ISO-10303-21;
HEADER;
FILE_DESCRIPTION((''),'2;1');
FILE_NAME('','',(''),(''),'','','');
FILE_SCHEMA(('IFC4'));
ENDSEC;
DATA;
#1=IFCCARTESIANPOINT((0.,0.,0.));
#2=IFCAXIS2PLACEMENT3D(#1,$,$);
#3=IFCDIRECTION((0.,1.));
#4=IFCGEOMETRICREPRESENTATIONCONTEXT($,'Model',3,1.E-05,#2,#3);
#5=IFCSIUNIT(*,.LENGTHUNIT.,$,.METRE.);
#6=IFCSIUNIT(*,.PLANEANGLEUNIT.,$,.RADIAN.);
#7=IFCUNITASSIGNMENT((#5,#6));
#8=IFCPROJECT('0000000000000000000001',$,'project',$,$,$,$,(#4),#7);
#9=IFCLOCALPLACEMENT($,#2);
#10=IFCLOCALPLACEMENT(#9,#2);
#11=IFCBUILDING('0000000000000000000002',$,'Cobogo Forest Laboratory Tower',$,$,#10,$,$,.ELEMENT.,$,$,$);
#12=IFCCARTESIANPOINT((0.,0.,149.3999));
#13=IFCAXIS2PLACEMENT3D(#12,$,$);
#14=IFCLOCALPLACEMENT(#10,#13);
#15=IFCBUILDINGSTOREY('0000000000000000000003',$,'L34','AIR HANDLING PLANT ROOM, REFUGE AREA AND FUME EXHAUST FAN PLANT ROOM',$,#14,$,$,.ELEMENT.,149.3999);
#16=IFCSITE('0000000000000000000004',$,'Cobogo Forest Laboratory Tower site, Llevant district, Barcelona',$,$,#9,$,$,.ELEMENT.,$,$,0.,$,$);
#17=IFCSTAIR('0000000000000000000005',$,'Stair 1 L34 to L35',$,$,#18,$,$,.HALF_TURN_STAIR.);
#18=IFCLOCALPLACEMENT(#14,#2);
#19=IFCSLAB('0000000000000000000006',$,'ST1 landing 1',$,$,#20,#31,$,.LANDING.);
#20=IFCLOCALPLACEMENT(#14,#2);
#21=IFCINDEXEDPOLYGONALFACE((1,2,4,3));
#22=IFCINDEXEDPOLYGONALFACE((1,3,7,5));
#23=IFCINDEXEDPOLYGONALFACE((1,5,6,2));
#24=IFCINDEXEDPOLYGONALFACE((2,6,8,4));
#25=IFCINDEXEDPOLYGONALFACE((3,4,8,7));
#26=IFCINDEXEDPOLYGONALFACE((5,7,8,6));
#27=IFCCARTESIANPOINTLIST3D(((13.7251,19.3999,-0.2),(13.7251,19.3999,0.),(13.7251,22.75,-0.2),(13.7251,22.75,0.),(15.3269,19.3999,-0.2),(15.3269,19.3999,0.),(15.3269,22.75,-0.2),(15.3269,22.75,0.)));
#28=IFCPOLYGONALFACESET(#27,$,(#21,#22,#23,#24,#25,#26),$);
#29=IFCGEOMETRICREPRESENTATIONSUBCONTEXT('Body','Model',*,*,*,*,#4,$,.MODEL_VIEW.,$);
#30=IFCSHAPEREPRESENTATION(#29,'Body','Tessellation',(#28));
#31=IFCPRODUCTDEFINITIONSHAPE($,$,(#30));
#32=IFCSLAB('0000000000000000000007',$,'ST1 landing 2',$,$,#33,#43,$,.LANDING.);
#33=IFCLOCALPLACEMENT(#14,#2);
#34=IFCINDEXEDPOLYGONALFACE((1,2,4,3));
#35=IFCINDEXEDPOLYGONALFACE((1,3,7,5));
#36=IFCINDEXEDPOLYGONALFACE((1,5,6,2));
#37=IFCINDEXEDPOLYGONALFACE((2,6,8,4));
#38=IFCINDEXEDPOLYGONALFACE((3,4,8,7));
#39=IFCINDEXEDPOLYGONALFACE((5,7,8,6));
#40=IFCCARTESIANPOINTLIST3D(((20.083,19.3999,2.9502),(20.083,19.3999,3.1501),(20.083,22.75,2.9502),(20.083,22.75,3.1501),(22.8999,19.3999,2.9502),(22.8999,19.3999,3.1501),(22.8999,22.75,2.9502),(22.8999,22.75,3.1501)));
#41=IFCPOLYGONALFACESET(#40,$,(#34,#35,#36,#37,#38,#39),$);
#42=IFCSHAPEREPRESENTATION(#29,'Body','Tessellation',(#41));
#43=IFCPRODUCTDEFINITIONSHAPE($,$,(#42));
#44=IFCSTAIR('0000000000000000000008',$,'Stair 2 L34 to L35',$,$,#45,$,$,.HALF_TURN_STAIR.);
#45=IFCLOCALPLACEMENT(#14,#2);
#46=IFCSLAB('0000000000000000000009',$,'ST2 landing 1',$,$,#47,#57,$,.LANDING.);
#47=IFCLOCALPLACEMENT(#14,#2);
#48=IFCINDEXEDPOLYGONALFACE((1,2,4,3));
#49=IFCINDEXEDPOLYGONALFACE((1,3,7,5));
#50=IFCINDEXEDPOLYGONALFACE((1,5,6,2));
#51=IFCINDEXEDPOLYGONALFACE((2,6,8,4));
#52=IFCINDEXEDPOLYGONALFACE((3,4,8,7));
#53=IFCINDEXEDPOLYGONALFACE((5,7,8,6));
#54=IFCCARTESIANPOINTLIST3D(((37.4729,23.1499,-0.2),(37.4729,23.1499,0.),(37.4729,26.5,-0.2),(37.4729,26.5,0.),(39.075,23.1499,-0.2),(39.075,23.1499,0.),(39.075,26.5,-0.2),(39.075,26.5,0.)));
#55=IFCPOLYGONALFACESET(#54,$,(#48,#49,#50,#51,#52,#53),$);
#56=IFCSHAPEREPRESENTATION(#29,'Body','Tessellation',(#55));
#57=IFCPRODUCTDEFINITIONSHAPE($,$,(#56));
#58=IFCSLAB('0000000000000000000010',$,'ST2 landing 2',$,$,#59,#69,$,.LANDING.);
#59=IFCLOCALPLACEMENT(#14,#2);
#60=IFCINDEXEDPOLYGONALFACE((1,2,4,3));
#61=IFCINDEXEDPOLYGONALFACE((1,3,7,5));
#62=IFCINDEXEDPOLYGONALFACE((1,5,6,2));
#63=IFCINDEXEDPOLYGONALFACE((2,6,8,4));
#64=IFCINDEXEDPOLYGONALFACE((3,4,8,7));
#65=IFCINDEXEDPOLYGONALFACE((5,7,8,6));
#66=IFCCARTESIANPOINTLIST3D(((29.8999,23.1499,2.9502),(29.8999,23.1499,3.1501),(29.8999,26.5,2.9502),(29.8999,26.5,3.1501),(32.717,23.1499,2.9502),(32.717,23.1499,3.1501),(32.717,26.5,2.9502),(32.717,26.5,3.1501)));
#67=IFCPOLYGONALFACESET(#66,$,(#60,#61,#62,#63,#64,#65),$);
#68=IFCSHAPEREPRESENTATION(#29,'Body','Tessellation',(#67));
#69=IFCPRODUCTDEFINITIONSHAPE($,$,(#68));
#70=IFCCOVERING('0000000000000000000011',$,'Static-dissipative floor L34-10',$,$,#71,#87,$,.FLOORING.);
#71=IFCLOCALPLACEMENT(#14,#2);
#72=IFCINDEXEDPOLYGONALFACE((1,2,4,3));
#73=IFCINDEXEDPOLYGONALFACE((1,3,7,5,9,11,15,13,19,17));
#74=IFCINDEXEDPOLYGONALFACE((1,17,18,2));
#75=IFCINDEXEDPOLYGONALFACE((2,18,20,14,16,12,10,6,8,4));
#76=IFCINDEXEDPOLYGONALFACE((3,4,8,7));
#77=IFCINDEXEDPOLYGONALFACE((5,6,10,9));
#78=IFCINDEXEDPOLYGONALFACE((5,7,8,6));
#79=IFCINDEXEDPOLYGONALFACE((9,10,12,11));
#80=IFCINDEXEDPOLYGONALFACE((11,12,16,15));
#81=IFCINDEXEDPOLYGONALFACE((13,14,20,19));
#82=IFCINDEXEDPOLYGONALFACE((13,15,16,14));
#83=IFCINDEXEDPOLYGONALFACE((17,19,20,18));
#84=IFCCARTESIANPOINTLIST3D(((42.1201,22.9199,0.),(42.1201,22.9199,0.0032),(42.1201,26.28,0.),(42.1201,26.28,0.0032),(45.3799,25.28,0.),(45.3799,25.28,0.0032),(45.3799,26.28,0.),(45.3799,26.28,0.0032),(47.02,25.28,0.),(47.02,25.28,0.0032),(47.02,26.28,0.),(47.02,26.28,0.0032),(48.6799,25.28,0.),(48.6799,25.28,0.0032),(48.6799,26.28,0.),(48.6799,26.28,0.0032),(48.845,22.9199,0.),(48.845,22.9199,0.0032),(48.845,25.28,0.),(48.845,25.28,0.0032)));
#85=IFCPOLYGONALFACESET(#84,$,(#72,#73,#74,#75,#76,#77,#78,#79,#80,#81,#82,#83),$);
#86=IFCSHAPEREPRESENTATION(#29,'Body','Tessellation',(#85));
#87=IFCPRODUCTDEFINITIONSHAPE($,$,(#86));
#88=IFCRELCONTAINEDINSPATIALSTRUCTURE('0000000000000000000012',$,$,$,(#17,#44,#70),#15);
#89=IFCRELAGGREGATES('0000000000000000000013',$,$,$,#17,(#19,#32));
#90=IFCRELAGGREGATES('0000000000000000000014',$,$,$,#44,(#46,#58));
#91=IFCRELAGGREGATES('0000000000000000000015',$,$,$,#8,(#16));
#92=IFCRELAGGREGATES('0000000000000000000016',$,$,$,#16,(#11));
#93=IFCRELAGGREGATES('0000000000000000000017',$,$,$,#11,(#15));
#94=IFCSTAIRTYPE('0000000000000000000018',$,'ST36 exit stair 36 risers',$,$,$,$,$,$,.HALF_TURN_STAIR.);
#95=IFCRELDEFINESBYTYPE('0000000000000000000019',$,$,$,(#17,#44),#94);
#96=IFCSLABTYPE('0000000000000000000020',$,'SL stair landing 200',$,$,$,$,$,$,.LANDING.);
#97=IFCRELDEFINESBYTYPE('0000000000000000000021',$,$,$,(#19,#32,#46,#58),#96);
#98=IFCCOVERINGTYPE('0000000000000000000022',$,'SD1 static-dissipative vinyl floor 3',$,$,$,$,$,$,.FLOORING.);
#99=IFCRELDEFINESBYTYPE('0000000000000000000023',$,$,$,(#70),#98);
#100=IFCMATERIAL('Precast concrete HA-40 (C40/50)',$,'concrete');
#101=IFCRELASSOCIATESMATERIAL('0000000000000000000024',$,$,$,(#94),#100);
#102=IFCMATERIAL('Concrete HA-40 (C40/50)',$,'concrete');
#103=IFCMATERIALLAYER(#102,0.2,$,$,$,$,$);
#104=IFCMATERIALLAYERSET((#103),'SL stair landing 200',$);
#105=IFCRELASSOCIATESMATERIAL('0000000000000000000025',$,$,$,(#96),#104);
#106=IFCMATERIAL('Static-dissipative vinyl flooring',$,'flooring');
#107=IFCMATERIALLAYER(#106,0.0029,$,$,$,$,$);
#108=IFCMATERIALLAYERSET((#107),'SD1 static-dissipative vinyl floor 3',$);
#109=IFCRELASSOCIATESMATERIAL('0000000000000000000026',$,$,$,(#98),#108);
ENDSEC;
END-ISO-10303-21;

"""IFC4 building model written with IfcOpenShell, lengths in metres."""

from ifc_helpers import new_model, si_unit, direction, frame, origin, place, context, subcontext, project, spatial, polyline, outline, extrude, material, layer, layer_set, type_object, element, aggregate, save


model = new_model("IFC4")

# Units and contexts
model_context = context("Model", 3, precision=1e-05, world=origin(), true_north=direction((0.0, 1.0)))
body_context = subcontext(model_context, "Body", "Model", "MODEL_VIEW")
ifc_project = project(units=[si_unit("LENGTHUNIT", "METRE"), si_unit("PLANEANGLEUNIT", "RADIAN")], contexts=[model_context])

# Site, building, storey
site_placement = place(None, origin())
site = spatial("IfcSite", under=ifc_project, at=site_placement, Name="Cobogo Forest Laboratory Tower site, Llevant district, Barcelona", CompositionType="ELEMENT", RefElevation=0.0)
building_placement = place(site_placement, origin())
building = spatial("IfcBuilding", under=site, at=building_placement, Name="Cobogo Forest Laboratory Tower", CompositionType="ELEMENT")
storey_placement = place(building_placement, frame((0.0, 0.0, 149.3999)))
storey = spatial("IfcBuildingStorey", under=building, at=storey_placement, Name="L34", Description="AIR HANDLING PLANT ROOM, REFUGE AREA AND FUME EXHAUST FAN PLANT ROOM", CompositionType="ELEMENT", Elevation=149.3999)

# Shared definitions
ifc_material_1 = material(Name="Concrete HA-40 (C40/50)", Category="concrete")

# Stairs, slabs
ifc_material_2 = material(Name="Precast concrete HA-40 (C40/50)", Category="concrete")
stair_type = type_object("IfcStairType", Name="ST36 exit stair 36 risers", PredefinedType="HALF_TURN_STAIR", material=ifc_material_2)
stair_1_placement = place(storey_placement, origin())
stair_1 = element("IfcStair", 1, at=stair_1_placement, inside=storey, type_object=stair_type, Name="Stair 1 L34 to L35", PredefinedType="HALF_TURN_STAIR")
ifc_layer_1 = layer(ifc_material_1, 0.2)
ifc_layer_set_1 = layer_set([ifc_layer_1], Name="SL stair landing 200")
slab_type_1 = type_object("IfcSlabType", Name="SL stair landing 200", PredefinedType="LANDING", material=ifc_layer_set_1)
slab_1_placement = place(storey_placement, frame((0.0, 0.0, -0.2)))
slab_1 = element("IfcSlab", 2, at=slab_1_placement, type_object=slab_type_1, Name="ST1 landing 1", PredefinedType="LANDING", context=body_context, shape_type="SweptSolid", body=[
    extrude(outline(polyline([(13.7251, 19.3999), (15.3269, 19.3999), (15.3269, 22.75), (13.7251, 22.75), (13.7251, 19.3999)])), origin(), (0.0, 0.0, 1.0), 0.2),
])
slab_2_placement = place(storey_placement, frame((0.0, 0.0, 2.9502)))
slab_2 = element("IfcSlab", 3, at=slab_2_placement, type_object=slab_type_1, Name="ST1 landing 2", PredefinedType="LANDING", context=body_context, shape_type="SweptSolid", body=[
    extrude(outline(polyline([(20.083, 19.3999), (22.8999, 19.3999), (22.8999, 22.75), (20.083, 22.75), (20.083, 19.3999)])), origin(), (0.0, 0.0, 1.0), 0.2),
])
aggregate(stair_1, [slab_1, slab_2])
stair_2_placement = place(storey_placement, origin())
stair_2 = element("IfcStair", 4, at=stair_2_placement, inside=storey, type_object=stair_type, Name="Stair 2 L34 to L35", PredefinedType="HALF_TURN_STAIR")
slab_3_placement = place(storey_placement, frame((0.0, 0.0, -0.2)))
slab_3 = element("IfcSlab", 5, at=slab_3_placement, type_object=slab_type_1, Name="ST2 landing 1", PredefinedType="LANDING", context=body_context, shape_type="SweptSolid", body=[
    extrude(outline(polyline([(37.4729, 23.1499), (39.075, 23.1499), (39.075, 26.5), (37.4729, 26.5), (37.4729, 23.1499)])), origin(), (0.0, 0.0, 1.0), 0.2),
])
slab_4_placement = place(storey_placement, frame((0.0, 0.0, 2.9502)))
slab_4 = element("IfcSlab", 6, at=slab_4_placement, type_object=slab_type_1, Name="ST2 landing 2", PredefinedType="LANDING", context=body_context, shape_type="SweptSolid", body=[
    extrude(outline(polyline([(29.8999, 23.1499), (32.717, 23.1499), (32.717, 26.5), (29.8999, 26.5), (29.8999, 23.1499)])), origin(), (0.0, 0.0, 1.0), 0.2),
])
aggregate(stair_2, [slab_3, slab_4])

# Covering
ifc_material_3 = material(Name="Static-dissipative vinyl flooring", Category="flooring")
ifc_layer_2 = layer(ifc_material_3, 0.0029)
ifc_layer_set_2 = layer_set([ifc_layer_2], Name="SD1 static-dissipative vinyl floor 3")
covering_type = type_object("IfcCoveringType", Name="SD1 static-dissipative vinyl floor 3", PredefinedType="FLOORING", material=ifc_layer_set_2)
covering_placement = place(storey_placement, origin())
element("IfcCovering", 7, at=covering_placement, inside=storey, type_object=covering_type, Name="Static-dissipative floor L34-10", PredefinedType="FLOORING", context=body_context, shape_type="SweptSolid", body=[
    extrude(outline(polyline([(42.1201, 26.28), (45.3799, 26.28), (45.3799, 25.28), (47.02, 25.28), (47.02, 26.28), (48.6799, 26.28), (48.6799, 25.28), (48.845, 25.28), (48.845, 22.9199), (42.1201, 22.9199), (42.1201, 26.28)])), origin(), (0.0, 0.0, 1.0), 0.0032),
])

save(model, "model.ifc")
